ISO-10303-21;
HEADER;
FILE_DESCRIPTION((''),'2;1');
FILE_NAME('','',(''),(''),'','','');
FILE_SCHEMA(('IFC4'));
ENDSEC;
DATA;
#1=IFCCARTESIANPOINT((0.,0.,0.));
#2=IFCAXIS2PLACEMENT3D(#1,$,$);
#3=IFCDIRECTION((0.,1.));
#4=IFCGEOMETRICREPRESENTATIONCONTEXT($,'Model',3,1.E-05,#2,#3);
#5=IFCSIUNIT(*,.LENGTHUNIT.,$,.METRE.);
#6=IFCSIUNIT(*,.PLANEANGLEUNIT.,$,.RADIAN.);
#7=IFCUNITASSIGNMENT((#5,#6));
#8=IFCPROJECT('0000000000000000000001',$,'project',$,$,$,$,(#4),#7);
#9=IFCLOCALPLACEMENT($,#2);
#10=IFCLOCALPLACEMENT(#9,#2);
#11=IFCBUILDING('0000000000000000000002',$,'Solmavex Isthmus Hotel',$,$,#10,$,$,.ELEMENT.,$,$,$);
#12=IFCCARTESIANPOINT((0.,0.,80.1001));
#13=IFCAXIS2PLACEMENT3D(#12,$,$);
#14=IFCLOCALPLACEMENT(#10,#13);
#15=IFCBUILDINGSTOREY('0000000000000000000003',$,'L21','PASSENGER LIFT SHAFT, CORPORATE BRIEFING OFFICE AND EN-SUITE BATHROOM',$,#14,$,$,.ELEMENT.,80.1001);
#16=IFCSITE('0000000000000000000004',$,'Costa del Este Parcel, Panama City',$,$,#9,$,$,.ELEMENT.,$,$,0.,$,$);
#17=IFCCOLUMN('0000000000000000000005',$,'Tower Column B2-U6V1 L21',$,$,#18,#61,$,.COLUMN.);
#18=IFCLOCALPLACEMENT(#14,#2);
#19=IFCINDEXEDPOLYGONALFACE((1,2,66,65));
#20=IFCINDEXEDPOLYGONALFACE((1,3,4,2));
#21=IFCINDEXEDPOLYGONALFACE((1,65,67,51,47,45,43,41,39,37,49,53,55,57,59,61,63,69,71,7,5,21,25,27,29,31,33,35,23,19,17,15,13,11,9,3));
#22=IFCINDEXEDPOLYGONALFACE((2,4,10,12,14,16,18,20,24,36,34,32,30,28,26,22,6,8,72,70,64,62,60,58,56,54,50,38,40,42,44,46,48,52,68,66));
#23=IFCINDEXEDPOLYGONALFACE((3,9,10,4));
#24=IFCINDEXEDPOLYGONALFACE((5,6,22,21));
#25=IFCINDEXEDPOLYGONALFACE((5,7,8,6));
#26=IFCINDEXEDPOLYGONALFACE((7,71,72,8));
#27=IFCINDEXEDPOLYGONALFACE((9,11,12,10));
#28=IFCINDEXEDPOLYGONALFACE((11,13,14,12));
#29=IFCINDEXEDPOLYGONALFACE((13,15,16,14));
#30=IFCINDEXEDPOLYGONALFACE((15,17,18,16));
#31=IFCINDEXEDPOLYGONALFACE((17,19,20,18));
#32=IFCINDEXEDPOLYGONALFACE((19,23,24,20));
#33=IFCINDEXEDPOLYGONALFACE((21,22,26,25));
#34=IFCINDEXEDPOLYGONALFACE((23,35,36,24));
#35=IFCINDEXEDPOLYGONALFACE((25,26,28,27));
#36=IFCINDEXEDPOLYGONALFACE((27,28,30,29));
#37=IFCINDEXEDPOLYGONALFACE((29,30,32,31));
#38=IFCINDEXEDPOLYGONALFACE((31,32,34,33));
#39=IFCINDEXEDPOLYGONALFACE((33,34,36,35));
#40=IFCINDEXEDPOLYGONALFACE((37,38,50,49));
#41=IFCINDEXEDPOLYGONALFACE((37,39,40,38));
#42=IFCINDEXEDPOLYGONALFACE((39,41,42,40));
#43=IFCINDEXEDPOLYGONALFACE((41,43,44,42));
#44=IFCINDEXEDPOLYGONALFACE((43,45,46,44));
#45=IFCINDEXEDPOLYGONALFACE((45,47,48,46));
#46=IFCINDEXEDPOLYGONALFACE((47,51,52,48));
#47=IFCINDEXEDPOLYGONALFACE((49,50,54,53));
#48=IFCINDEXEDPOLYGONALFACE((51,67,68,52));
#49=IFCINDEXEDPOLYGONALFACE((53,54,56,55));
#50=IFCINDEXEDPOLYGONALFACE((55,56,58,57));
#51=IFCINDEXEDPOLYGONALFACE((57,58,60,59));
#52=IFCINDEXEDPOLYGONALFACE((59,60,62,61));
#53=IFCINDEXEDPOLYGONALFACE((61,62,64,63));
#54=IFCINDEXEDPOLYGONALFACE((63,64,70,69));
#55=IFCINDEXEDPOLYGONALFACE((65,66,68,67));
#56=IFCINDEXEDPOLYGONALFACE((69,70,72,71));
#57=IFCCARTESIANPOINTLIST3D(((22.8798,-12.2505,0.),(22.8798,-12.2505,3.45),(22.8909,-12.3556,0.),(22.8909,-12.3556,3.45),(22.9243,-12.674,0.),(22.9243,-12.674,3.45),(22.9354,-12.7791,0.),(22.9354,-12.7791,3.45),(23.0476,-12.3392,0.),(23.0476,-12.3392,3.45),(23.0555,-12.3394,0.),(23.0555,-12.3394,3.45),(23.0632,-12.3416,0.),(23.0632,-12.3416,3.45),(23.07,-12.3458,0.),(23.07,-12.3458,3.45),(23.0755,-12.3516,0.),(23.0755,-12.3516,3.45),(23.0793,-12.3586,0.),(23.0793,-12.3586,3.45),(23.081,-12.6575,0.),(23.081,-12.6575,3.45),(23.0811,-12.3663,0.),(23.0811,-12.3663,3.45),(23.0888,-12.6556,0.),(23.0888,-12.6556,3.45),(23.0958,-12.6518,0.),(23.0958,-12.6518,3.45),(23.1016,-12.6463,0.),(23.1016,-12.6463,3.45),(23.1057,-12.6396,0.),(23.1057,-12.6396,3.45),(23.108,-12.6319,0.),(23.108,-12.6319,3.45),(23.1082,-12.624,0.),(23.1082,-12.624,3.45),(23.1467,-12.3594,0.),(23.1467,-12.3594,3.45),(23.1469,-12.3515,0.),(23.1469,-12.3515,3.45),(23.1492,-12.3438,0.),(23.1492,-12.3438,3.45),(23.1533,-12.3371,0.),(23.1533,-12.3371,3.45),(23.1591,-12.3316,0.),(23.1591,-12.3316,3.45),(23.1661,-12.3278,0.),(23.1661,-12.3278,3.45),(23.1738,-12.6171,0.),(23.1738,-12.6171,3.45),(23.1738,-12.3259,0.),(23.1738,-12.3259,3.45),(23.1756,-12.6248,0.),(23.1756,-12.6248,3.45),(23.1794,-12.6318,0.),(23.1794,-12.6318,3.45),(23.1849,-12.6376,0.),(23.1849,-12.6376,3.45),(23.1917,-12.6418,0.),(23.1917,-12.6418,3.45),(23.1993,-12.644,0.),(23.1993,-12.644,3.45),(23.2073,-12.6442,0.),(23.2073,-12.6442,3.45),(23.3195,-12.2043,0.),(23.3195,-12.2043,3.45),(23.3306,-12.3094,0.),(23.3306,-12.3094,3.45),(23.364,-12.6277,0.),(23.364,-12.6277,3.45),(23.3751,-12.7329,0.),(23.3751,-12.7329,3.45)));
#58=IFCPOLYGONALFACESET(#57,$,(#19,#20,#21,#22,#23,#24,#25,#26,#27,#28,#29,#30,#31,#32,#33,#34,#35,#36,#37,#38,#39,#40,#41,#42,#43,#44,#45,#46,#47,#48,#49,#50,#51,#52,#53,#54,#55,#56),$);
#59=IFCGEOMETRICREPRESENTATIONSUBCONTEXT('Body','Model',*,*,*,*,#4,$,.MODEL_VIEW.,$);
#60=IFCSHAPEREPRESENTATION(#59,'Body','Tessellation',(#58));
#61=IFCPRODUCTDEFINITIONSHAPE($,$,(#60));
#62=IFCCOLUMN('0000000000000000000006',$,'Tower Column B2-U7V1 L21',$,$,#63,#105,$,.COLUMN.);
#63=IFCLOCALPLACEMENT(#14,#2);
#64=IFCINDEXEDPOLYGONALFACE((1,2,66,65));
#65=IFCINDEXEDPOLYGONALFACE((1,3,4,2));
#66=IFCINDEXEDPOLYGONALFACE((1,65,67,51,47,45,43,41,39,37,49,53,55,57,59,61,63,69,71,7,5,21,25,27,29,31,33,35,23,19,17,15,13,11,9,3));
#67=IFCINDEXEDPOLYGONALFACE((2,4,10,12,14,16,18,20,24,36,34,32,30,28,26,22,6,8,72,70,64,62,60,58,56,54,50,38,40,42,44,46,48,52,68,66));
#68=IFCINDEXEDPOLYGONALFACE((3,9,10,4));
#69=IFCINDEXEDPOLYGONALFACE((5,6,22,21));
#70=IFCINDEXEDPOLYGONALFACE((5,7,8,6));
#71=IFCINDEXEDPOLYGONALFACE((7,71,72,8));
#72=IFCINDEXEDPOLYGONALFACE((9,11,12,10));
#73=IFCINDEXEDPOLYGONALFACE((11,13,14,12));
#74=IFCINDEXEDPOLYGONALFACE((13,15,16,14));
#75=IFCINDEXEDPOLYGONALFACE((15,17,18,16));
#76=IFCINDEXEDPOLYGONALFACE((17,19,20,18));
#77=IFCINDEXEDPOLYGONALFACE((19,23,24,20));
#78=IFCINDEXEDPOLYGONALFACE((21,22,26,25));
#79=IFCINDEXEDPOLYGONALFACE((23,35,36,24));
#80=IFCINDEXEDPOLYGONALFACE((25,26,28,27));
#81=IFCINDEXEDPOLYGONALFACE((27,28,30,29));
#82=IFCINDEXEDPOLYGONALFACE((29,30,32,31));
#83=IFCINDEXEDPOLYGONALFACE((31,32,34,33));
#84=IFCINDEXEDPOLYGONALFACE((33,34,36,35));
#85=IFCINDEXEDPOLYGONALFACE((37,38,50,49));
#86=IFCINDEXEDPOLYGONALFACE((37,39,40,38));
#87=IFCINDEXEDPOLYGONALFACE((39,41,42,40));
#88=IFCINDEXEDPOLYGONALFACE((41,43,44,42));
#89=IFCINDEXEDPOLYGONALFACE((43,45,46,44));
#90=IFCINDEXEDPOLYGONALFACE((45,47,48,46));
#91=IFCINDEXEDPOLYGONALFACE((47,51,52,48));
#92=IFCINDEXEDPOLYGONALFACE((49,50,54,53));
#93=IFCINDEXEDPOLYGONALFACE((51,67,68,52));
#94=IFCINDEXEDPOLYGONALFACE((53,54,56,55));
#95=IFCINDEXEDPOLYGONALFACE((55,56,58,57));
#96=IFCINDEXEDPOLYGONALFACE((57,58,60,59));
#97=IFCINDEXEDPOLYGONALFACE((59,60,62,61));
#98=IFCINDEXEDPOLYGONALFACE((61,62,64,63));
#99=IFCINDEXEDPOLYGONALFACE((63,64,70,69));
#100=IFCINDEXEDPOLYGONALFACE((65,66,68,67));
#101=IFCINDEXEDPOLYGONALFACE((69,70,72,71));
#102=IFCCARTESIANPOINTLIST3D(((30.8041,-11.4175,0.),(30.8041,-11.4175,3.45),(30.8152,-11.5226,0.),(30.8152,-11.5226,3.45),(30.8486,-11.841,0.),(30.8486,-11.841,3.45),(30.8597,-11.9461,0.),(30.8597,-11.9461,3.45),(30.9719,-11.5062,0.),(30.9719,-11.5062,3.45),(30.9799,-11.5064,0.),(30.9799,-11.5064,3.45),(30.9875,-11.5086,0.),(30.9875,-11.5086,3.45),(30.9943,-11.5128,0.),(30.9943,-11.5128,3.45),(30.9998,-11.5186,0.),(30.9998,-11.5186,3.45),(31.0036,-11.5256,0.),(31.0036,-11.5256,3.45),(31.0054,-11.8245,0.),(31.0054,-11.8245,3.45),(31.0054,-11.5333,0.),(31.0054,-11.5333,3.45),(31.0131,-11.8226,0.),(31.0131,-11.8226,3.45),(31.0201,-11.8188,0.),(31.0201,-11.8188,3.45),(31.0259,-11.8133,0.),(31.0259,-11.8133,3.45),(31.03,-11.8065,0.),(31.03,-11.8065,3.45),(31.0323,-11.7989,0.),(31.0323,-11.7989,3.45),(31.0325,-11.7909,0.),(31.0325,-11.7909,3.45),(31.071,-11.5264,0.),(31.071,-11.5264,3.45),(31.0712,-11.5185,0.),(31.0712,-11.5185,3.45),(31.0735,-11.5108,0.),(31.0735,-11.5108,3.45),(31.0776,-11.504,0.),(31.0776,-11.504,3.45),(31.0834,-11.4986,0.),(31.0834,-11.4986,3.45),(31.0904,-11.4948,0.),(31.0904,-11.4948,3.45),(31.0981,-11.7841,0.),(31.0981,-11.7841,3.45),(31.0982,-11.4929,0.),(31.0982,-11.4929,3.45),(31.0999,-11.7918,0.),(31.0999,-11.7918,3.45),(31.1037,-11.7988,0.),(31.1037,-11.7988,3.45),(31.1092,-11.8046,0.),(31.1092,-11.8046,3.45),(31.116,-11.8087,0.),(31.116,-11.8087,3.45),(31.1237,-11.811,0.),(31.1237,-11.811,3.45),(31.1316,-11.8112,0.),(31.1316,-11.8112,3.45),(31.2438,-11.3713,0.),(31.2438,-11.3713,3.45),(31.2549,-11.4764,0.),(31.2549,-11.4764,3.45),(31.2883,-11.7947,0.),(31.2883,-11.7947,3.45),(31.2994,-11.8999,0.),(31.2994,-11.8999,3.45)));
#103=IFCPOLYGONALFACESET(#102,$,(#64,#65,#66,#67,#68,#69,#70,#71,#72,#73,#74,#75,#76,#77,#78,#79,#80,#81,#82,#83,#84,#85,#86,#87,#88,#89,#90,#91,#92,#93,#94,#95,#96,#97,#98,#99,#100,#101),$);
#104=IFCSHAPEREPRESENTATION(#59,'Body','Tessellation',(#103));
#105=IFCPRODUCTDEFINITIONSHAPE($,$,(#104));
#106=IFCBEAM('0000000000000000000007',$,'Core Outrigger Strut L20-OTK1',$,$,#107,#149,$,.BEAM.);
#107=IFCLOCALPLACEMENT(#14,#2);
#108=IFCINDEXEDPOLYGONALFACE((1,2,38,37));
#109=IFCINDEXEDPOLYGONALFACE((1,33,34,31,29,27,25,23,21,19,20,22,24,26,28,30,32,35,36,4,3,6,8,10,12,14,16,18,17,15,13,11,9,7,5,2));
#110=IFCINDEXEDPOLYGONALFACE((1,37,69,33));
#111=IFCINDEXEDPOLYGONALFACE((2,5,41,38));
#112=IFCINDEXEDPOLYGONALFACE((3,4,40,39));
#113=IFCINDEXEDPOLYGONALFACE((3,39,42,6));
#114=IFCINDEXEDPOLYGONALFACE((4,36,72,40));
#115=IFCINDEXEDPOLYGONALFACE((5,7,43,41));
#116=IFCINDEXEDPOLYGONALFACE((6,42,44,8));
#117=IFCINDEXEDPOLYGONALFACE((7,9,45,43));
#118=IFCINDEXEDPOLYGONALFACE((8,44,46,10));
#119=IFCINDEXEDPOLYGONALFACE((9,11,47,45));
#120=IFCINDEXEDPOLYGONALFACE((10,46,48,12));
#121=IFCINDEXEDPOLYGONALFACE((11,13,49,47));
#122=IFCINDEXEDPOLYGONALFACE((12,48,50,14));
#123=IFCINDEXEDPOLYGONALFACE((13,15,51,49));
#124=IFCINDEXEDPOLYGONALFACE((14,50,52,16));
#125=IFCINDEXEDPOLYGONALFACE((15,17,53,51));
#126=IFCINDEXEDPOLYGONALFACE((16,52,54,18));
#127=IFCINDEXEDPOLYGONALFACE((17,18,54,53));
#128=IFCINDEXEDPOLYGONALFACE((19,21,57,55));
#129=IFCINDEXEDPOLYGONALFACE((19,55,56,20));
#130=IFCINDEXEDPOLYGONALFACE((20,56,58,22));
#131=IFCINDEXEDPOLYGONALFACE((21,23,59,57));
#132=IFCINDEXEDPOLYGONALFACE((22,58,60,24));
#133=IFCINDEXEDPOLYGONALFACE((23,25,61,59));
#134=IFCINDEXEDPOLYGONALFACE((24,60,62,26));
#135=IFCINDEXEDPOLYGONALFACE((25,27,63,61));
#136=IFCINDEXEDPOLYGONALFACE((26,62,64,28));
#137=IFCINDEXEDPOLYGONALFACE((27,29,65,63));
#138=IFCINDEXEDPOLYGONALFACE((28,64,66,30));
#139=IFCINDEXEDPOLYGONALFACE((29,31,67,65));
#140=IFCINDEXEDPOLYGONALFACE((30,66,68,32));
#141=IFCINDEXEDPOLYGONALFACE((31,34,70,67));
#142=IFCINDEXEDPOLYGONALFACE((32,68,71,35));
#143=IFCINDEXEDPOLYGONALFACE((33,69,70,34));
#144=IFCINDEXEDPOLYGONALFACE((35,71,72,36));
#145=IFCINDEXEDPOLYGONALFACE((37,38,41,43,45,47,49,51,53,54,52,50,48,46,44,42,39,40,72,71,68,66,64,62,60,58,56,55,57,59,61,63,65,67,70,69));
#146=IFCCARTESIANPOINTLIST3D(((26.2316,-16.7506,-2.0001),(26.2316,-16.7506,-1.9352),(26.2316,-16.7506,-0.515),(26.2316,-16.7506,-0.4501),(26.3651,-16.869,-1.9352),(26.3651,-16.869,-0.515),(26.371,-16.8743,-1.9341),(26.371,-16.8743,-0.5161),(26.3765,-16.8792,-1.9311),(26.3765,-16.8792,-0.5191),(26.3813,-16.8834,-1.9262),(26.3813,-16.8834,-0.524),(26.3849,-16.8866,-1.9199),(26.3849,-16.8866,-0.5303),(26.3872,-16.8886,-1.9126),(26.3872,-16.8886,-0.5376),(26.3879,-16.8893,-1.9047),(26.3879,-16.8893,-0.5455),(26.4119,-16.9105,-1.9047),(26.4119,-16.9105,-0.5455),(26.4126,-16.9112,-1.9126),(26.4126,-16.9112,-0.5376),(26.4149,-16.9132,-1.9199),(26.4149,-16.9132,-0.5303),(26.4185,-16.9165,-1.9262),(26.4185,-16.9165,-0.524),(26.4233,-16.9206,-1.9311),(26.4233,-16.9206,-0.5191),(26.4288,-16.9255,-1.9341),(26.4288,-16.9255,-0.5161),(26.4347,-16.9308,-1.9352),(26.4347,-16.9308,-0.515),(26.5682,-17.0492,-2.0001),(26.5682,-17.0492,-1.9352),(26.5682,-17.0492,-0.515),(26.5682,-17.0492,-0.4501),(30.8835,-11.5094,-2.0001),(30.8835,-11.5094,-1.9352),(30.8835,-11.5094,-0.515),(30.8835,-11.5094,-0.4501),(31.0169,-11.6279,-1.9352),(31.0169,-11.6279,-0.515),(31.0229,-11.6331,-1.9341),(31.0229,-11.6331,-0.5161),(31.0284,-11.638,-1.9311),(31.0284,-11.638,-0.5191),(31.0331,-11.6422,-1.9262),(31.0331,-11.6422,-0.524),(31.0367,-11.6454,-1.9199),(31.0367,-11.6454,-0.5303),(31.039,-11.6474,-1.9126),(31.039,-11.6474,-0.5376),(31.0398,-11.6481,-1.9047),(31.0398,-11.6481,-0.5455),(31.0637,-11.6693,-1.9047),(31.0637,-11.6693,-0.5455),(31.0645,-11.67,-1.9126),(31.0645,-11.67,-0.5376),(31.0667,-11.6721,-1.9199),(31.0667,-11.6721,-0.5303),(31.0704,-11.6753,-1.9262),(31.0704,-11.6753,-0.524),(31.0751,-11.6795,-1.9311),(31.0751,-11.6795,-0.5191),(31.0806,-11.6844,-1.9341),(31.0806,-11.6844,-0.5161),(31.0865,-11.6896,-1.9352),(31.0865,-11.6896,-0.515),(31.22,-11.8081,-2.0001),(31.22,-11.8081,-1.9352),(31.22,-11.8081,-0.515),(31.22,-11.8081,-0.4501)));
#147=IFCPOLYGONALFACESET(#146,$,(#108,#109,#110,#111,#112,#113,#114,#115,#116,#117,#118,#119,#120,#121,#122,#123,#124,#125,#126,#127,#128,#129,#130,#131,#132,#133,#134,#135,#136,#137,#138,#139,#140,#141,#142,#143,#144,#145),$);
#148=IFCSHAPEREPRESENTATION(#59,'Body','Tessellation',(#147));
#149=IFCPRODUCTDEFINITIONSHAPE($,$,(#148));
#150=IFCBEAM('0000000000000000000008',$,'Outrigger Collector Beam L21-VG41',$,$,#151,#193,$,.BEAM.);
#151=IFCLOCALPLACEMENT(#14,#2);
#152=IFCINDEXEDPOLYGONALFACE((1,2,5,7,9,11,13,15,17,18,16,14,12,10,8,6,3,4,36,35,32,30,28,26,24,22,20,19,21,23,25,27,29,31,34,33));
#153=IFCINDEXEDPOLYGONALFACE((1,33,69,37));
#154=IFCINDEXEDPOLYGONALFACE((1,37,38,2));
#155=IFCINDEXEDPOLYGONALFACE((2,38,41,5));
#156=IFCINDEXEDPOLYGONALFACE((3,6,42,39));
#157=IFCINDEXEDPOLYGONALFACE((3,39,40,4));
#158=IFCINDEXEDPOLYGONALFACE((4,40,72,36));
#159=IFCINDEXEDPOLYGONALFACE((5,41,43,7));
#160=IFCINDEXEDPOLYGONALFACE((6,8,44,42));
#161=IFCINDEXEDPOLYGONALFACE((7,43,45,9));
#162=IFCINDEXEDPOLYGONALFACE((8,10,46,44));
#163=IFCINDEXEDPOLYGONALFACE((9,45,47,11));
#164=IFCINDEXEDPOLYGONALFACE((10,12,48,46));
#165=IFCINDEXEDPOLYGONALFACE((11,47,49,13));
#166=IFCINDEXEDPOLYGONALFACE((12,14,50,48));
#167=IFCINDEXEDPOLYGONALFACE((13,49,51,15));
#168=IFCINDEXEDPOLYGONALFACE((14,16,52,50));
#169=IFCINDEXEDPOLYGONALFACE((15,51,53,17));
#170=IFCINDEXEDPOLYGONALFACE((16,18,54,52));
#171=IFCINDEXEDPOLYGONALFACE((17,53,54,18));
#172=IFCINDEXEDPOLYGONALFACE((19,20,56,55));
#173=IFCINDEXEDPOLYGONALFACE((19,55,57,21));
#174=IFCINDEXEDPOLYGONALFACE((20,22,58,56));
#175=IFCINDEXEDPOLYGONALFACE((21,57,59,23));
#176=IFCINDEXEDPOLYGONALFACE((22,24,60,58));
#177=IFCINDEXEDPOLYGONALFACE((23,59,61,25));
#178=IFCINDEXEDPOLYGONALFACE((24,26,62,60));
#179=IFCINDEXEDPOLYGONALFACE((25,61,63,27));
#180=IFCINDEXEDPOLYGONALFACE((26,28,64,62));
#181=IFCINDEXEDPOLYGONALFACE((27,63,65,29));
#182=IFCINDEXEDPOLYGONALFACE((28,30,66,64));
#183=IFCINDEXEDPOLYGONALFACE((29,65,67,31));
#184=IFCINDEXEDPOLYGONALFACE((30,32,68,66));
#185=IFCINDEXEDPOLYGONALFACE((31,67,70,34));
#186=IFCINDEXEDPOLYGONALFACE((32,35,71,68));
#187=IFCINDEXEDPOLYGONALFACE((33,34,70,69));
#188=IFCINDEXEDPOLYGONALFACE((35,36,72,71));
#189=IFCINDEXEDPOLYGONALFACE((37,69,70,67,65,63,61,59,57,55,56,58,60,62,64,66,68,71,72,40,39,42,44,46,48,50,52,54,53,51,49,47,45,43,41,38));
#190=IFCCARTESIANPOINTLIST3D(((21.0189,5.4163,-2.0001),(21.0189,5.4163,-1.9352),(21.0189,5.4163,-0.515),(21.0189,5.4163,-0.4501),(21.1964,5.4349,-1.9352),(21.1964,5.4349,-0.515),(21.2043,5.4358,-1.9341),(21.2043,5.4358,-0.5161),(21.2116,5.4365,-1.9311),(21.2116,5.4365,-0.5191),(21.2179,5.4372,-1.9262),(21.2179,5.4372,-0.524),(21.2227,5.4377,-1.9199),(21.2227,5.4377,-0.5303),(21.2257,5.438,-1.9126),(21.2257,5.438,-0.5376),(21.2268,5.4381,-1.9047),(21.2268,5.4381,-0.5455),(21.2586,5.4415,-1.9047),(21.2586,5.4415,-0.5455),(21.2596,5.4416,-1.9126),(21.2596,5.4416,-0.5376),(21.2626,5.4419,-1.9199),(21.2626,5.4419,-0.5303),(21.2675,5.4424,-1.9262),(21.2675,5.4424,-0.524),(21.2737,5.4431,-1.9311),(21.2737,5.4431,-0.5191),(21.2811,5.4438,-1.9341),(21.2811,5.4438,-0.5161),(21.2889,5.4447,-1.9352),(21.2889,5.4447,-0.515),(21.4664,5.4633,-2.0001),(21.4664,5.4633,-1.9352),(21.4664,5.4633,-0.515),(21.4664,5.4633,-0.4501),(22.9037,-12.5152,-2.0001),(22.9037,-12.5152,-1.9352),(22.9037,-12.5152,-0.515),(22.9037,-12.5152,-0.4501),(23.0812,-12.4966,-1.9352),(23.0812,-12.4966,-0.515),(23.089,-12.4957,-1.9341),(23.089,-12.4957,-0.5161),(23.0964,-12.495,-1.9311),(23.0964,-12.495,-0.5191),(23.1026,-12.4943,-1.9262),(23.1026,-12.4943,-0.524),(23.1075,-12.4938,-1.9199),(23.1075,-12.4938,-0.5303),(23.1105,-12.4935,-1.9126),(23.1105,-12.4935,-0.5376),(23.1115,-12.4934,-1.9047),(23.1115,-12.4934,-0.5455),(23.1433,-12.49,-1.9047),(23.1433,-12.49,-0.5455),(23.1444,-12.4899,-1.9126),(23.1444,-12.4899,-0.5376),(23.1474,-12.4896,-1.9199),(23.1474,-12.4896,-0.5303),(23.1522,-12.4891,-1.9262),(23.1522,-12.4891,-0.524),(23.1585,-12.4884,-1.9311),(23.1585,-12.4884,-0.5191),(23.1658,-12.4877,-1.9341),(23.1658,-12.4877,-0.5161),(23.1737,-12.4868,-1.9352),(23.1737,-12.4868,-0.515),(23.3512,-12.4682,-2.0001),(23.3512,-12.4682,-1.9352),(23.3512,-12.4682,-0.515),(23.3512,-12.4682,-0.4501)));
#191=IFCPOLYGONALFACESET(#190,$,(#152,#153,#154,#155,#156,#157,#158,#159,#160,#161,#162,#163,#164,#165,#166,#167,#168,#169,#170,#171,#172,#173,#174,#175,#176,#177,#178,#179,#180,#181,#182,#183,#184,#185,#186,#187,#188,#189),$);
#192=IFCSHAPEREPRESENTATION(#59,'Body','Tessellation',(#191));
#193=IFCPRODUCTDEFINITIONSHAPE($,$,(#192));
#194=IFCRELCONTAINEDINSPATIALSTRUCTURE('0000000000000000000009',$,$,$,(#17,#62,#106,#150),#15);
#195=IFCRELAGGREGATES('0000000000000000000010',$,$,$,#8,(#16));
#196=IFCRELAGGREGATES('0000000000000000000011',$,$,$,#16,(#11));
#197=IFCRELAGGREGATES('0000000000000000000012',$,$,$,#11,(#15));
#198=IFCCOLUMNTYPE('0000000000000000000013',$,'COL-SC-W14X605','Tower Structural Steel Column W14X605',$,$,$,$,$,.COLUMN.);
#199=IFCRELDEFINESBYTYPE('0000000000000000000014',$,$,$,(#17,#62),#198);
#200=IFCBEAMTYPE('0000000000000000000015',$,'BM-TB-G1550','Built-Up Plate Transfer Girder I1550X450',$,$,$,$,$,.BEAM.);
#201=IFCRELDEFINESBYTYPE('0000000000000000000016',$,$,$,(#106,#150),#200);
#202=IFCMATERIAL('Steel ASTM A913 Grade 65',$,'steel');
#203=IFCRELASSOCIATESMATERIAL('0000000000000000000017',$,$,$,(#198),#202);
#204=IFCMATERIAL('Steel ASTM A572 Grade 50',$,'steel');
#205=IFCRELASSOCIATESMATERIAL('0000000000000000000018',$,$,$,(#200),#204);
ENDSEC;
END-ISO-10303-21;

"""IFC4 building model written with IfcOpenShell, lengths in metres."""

from ifc_helpers import new_model, si_unit, direction, frame, origin, origin_2d, place, context, subcontext, project, spatial, i_section, extrude, material, material_profile, profile_set, type_object, element, save


model = new_model("IFC4")

# Units and contexts
model_context = context("Model", 3, precision=1e-05, world=origin(), true_north=direction((0.0, 1.0)))
body_context = subcontext(model_context, "Body", "Model", "MODEL_VIEW")
ifc_project = project(units=[si_unit("LENGTHUNIT", "METRE"), si_unit("PLANEANGLEUNIT", "RADIAN")], contexts=[model_context])

# Site, building, storey
site_placement = place(None, origin())
site = spatial("IfcSite", under=ifc_project, at=site_placement, Name="Costa del Este Parcel, Panama City", CompositionType="ELEMENT", RefElevation=0.0)
building_placement = place(site_placement, origin())
building = spatial("IfcBuilding", under=site, at=building_placement, Name="Solmavex Isthmus Hotel", CompositionType="ELEMENT")
storey_placement = place(building_placement, frame((0.0, 0.0, 80.1001)))
storey = spatial("IfcBuildingStorey", under=building, at=storey_placement, Name="L21", Description="PASSENGER LIFT SHAFT, CORPORATE BRIEFING OFFICE AND EN-SUITE BATHROOM", CompositionType="ELEMENT", Elevation=80.1001)

# Columns
ifc_material_1 = material(Name="Steel ASTM A913 Grade 65", Category="steel")
ifc_material_profile_1 = material_profile(ifc_material_1, i_section(OverallWidth=0.4421, OverallDepth=0.5315, WebThickness=0.0659, FlangeThickness=0.1057, FilletRadius=0.0305, at=origin_2d()), Name="W14X605")
ifc_profile_set_1 = profile_set([ifc_material_profile_1], Name="Steel ASTM A913 Grade 65")
column_type = type_object("IfcColumnType", Name="COL-SC-W14X605", Description="Tower Structural Steel Column W14X605", PredefinedType="COLUMN", material=ifc_profile_set_1)
for number, where, z_axis, x_axis, name in (
    (1, (23.1274, -12.4917, 0.0), (0.0, 0.0, 1.0), (0.994522, 0.104528, 0.0), "Tower Column B2-U6V1 L21"),
    (2, (31.0518, -11.6587, 0.0), (0.0, 0.0, 1.0), (0.994522, 0.104528, 0.0), "Tower Column B2-U7V1 L21"),
):
    element("IfcColumn", number, at=place(storey_placement, frame(where, z_axis=z_axis, x_axis=x_axis)), inside=storey, type_object=column_type, Name=name, PredefinedType="COLUMN", context=body_context, shape_type="SweptSolid", body=[
        extrude(i_section(OverallWidth=0.4421, OverallDepth=0.5315, WebThickness=0.0659, FlangeThickness=0.1057, FilletRadius=0.0305, at=origin_2d()), origin(), (0.0, 0.0, 1.0), 3.45),
    ])

# Beams
ifc_material_2 = material(Name="Steel ASTM A572 Grade 50", Category="steel")
ifc_material_profile_2 = material_profile(ifc_material_2, i_section(OverallWidth=0.45, OverallDepth=1.55, WebThickness=0.032, FlangeThickness=0.0649, FilletRadius=0.0305, at=origin_2d()), Name="I1550X450")
ifc_profile_set_2 = profile_set([ifc_material_profile_2], Name="Steel ASTM A572 Grade 50")
beam_type = type_object("IfcBeamType", Name="BM-TB-G1550", Description="Built-Up Plate Transfer Girder I1550X450", PredefinedType="BEAM", material=ifc_profile_set_2)
beam_1_placement = place(storey_placement, frame((26.3999, -16.8999, -1.2251), z_axis=(0.663806, 0.747905, 0.0), x_axis=(-0.747905, 0.663806, 0.0)))
element("IfcBeam", 3, at=beam_1_placement, inside=storey, type_object=beam_type, Name="Core Outrigger Strut L20-OTK1", PredefinedType="BEAM", context=body_context, shape_type="SweptSolid", body=[
    extrude(i_section(OverallWidth=0.45, OverallDepth=1.55, WebThickness=0.032, FlangeThickness=0.0649, FilletRadius=0.0305, at=origin_2d()), origin(), (0.0, 0.0, 1.0), 7.0078),
])
beam_2_placement = place(storey_placement, frame((23.1274, -12.4917, -1.2251), z_axis=(-0.104534, 0.994521, 0.0), x_axis=(-0.994521, -0.104534, 0.0)))
element("IfcBeam", 4, at=beam_2_placement, inside=storey, type_object=beam_type, Name="Outrigger Collector Beam L21-VG41", PredefinedType="BEAM", context=body_context, shape_type="SweptSolid", body=[
    extrude(i_section(OverallWidth=0.45, OverallDepth=1.55, WebThickness=0.032, FlangeThickness=0.0649, FilletRadius=0.0305, at=origin_2d()), origin(), (0.0, 0.0, 1.0), 18.0303),
])

save(model, "model.ifc")
